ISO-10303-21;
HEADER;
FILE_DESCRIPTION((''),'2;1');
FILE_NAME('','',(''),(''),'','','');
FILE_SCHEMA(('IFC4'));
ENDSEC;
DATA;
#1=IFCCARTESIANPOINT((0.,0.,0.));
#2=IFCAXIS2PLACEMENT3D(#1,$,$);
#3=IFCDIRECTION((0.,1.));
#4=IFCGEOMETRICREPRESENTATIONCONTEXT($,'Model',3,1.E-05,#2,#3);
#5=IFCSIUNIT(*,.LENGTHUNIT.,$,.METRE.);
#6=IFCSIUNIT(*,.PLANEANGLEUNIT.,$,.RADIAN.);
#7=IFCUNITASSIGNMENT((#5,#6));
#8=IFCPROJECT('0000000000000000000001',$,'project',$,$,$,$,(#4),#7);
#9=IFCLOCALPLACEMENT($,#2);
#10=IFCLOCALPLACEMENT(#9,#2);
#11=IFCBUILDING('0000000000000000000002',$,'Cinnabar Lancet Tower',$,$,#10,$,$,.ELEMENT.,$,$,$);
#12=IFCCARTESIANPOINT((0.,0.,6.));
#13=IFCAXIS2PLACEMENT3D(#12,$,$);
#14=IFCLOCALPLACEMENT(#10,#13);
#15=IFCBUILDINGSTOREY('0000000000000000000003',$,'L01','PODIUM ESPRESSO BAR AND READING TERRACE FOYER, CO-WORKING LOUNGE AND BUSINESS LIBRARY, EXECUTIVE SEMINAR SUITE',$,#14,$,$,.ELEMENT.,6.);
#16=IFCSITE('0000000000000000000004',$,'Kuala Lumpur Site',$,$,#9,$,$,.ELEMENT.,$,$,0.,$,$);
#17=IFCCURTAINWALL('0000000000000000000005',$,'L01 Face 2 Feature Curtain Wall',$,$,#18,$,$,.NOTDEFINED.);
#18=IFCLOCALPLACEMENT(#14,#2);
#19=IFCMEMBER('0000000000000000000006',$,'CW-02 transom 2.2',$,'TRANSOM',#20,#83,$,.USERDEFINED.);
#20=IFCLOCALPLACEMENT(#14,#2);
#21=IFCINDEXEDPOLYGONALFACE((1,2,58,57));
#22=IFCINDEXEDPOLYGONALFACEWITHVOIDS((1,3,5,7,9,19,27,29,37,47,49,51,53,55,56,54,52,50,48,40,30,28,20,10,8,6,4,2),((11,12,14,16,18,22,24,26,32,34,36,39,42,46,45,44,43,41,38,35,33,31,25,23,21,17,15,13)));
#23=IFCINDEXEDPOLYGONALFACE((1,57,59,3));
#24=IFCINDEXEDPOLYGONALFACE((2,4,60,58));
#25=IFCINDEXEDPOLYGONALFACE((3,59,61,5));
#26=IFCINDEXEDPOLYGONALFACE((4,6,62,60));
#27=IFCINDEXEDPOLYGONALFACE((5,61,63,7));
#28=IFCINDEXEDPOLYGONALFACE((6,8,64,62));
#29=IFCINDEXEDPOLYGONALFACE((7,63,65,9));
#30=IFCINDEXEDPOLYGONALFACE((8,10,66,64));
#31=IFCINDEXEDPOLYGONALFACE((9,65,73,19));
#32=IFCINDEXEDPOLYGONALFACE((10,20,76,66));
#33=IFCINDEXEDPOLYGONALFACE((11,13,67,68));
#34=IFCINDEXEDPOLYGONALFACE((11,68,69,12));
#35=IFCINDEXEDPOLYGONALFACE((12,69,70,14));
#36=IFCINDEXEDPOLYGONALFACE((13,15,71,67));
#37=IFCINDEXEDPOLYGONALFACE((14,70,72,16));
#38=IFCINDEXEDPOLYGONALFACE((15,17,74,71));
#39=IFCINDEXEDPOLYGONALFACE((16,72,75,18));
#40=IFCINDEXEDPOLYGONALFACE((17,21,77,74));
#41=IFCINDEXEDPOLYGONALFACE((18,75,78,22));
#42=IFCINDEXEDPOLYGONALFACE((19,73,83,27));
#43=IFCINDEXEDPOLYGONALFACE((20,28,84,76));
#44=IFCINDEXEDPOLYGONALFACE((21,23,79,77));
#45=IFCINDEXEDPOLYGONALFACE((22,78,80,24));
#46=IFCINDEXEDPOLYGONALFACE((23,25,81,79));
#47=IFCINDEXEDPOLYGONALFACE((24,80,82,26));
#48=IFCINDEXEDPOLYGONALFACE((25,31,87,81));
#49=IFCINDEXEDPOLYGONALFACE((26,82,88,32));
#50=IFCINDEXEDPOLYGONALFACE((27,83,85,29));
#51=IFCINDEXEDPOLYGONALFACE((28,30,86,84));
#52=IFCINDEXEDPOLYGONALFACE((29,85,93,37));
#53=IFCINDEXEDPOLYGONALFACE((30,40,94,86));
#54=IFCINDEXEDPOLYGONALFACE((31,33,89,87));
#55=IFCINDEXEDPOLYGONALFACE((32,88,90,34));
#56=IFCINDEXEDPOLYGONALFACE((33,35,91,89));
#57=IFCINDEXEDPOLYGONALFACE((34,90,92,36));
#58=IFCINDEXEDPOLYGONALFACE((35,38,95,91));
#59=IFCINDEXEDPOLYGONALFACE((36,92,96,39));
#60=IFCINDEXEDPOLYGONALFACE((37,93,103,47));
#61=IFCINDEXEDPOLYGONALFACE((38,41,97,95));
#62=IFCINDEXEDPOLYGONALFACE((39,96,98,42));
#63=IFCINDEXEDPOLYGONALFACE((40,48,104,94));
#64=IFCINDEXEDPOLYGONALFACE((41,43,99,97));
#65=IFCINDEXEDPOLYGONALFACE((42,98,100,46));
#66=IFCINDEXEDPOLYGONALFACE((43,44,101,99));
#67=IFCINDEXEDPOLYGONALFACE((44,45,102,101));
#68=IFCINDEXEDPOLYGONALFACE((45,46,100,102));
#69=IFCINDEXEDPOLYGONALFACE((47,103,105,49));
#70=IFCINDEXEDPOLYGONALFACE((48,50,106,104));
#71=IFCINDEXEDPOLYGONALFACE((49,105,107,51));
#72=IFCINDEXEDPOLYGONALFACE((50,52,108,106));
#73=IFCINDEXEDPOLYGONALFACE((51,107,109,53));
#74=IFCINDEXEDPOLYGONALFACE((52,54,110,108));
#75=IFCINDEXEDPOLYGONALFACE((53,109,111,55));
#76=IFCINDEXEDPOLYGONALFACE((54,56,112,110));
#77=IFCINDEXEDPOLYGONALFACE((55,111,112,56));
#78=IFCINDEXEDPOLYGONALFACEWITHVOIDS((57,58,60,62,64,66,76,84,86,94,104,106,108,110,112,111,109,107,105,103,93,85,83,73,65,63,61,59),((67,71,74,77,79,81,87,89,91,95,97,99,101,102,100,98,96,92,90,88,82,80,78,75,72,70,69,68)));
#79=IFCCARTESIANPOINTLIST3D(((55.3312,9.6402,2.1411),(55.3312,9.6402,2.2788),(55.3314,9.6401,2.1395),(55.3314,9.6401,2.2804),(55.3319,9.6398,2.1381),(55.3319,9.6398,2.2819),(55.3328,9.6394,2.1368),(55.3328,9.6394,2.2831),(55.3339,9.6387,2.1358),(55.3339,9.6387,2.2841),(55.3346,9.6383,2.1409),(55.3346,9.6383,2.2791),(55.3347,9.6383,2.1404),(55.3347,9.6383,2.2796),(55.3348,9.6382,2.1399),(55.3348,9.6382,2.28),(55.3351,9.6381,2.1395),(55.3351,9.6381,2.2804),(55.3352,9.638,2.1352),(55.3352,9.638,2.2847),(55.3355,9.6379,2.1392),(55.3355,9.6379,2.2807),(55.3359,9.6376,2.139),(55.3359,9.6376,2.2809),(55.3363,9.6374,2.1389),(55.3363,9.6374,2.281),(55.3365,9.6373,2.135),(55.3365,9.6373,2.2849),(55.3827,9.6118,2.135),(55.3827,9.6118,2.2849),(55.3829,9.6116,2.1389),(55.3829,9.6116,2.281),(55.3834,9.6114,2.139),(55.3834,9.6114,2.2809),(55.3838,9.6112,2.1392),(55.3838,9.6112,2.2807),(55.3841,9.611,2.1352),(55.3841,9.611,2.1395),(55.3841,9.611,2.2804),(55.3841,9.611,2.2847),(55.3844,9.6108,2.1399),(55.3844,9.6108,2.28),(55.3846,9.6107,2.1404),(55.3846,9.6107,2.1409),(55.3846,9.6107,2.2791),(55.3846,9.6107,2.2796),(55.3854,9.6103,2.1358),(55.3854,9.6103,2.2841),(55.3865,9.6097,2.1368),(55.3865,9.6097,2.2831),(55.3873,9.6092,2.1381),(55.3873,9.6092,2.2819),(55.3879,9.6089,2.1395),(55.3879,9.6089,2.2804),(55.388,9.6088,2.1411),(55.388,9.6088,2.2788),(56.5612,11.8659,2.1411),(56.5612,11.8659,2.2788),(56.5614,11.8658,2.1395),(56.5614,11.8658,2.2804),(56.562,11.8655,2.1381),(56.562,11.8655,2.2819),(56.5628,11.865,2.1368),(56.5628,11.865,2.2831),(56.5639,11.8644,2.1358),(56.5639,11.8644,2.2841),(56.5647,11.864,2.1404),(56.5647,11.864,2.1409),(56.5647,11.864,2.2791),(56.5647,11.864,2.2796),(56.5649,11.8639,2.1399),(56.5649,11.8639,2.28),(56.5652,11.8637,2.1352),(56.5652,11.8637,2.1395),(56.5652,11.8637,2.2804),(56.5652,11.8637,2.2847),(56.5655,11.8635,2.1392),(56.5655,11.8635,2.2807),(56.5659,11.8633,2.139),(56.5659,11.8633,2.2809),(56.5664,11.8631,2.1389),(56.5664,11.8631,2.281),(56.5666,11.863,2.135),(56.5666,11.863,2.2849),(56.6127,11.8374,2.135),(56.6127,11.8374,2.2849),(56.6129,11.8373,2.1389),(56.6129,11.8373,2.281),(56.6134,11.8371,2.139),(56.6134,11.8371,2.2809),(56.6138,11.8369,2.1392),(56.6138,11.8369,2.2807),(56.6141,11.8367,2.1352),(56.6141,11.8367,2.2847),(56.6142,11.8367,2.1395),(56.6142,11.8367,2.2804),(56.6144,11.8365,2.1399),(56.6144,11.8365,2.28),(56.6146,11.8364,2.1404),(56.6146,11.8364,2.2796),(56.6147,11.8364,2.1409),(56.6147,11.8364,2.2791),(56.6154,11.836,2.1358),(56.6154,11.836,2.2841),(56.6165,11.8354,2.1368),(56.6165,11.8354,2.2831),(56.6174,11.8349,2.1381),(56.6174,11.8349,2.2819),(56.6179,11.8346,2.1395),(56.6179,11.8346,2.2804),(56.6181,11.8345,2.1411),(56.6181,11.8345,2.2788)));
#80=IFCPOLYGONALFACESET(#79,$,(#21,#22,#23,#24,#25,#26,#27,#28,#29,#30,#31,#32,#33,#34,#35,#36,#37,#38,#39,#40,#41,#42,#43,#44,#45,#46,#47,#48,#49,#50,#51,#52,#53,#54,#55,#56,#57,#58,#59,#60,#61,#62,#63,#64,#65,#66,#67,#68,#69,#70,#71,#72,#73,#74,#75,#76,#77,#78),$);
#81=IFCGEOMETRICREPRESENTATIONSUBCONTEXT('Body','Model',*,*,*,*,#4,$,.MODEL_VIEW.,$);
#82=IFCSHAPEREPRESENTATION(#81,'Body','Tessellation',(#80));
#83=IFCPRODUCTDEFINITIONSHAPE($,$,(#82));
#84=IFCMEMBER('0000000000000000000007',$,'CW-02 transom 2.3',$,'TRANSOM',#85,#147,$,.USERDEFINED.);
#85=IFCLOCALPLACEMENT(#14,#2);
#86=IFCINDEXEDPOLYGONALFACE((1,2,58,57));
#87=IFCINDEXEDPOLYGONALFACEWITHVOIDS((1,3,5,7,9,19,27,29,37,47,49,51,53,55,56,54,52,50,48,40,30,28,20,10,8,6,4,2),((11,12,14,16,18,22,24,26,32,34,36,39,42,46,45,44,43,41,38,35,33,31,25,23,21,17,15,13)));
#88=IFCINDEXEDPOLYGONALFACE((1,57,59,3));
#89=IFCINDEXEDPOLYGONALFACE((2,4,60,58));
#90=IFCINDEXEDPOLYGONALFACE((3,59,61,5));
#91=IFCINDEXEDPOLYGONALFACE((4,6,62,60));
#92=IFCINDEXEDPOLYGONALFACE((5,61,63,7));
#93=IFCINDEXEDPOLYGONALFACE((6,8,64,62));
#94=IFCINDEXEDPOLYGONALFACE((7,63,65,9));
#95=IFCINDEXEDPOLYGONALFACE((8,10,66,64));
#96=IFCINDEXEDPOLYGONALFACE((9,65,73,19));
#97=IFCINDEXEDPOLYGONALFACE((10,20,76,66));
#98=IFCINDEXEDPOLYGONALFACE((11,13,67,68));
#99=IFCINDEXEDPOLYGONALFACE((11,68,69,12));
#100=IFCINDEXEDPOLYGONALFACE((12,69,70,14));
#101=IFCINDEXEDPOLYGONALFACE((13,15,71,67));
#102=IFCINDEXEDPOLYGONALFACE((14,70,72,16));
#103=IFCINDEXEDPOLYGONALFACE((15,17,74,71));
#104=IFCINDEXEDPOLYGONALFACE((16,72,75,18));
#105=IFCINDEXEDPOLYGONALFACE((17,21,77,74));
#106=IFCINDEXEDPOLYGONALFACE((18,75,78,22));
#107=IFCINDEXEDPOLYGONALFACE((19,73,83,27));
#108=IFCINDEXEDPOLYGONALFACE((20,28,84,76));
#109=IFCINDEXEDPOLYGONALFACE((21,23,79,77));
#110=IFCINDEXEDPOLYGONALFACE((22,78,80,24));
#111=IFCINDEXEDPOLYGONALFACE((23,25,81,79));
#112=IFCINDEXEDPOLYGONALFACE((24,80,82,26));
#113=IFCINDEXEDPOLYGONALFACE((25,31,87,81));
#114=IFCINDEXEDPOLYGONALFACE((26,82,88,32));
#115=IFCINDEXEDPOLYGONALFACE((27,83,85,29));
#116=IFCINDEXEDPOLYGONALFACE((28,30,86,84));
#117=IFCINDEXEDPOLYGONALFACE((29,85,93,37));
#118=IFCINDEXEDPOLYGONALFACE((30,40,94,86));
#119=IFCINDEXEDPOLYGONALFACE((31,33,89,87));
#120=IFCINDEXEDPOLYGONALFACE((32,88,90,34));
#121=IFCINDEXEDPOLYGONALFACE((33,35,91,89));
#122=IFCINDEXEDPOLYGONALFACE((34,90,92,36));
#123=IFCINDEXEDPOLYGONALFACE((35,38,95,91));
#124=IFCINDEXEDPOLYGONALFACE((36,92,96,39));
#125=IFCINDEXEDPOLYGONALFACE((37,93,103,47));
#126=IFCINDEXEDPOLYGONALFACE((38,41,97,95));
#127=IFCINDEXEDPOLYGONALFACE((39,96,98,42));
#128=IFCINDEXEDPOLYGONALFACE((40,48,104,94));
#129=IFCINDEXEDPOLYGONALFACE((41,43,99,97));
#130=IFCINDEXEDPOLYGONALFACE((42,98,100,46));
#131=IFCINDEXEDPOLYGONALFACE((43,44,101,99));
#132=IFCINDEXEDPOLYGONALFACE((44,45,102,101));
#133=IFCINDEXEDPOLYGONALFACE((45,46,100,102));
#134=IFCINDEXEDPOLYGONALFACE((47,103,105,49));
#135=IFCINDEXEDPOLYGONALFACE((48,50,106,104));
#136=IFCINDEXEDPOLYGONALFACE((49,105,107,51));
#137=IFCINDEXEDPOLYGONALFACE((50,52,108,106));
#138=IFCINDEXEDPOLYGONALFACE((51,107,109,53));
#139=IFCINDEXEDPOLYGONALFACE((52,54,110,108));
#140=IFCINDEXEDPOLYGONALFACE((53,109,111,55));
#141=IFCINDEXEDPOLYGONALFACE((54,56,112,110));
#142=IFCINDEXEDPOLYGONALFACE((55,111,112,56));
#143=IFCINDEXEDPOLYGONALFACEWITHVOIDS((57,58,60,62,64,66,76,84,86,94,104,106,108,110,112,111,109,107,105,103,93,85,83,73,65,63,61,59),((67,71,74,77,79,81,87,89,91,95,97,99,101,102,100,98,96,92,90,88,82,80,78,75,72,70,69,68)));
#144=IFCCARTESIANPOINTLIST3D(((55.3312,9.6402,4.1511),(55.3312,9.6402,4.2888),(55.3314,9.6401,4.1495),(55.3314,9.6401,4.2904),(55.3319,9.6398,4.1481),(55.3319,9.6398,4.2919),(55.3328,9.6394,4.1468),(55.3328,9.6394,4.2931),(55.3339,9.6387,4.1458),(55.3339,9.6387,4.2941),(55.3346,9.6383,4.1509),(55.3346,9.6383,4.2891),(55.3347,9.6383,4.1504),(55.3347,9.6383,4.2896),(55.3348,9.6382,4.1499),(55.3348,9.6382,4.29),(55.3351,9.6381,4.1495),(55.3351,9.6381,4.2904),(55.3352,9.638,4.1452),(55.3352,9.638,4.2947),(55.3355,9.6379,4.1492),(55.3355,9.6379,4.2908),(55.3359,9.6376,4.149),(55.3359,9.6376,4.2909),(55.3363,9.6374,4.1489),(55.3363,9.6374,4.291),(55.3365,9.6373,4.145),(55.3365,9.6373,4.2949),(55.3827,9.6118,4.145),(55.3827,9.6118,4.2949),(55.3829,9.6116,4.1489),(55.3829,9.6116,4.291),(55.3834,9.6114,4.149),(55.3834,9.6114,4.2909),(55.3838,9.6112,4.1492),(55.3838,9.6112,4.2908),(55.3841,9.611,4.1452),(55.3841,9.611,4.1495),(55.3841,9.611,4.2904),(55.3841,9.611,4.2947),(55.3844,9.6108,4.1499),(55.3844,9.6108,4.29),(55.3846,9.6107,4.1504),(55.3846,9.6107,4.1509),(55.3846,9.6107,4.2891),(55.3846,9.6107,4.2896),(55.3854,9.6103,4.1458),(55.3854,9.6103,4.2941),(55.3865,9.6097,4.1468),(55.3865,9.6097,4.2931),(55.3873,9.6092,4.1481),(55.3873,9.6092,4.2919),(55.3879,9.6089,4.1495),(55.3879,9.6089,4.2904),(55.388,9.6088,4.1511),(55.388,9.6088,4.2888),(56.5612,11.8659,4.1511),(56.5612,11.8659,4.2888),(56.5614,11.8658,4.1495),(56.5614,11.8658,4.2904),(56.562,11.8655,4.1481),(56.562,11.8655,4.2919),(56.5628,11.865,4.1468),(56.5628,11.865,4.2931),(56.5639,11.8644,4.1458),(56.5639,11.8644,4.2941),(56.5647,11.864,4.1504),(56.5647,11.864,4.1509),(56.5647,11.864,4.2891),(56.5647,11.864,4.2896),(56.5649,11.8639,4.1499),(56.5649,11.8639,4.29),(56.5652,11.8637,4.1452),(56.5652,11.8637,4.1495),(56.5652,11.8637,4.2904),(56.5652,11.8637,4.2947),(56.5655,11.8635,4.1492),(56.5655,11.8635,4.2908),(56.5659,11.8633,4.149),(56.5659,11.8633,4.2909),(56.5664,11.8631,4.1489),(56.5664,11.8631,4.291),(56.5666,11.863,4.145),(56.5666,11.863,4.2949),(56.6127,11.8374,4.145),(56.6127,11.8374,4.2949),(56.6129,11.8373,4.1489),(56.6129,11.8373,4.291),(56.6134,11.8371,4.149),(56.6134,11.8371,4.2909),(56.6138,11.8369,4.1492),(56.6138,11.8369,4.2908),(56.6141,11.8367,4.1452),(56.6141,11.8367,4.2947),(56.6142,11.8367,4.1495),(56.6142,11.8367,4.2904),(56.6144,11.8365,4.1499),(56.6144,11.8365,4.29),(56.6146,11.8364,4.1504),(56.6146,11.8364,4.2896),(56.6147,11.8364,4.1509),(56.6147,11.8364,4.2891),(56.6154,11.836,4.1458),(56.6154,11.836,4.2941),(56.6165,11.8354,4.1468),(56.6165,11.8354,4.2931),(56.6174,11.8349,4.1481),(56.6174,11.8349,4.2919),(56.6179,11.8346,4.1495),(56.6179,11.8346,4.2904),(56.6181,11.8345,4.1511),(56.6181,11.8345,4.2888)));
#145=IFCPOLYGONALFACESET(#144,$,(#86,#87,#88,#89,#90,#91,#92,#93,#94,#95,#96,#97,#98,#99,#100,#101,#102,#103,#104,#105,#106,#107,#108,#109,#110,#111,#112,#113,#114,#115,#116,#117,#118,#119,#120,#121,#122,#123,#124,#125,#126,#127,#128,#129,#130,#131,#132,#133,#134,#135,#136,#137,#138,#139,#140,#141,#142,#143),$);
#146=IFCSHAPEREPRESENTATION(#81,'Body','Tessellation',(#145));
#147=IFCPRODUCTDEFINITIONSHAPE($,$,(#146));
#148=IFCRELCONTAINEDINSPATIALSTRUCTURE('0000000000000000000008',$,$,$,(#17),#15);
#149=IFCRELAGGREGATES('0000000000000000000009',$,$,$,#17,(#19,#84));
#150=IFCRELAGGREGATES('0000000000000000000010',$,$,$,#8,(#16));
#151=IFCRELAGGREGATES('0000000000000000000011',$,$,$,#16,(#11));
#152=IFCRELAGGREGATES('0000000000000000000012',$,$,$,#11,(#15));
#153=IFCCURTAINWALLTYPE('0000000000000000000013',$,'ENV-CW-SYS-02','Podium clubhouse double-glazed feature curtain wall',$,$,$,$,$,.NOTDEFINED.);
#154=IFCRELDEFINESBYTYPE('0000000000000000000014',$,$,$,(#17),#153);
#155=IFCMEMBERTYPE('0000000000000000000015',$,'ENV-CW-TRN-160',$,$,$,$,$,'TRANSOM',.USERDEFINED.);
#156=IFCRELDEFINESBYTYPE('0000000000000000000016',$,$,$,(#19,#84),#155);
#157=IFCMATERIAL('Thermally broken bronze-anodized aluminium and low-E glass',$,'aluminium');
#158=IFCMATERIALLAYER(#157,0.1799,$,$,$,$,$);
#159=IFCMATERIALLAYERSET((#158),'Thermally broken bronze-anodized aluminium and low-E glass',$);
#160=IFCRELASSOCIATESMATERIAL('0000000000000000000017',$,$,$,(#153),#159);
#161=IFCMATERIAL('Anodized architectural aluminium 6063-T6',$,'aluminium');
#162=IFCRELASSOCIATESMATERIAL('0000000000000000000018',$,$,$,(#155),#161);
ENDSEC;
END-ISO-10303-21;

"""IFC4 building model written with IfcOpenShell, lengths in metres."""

from ifc_helpers import new_model, si_unit, direction, frame, origin, origin_2d, place, context, subcontext, project, spatial, hollow_rectangle, extrude, material, layer, layer_set, material_profile, profile_set, type_object, element, aggregate, save


model = new_model("IFC4")

# Units and contexts
model_context = context("Model", 3, precision=1e-05, world=origin(), true_north=direction((0.0, 1.0)))
body_context = subcontext(model_context, "Body", "Model", "MODEL_VIEW")
ifc_project = project(units=[si_unit("LENGTHUNIT", "METRE"), si_unit("PLANEANGLEUNIT", "RADIAN")], contexts=[model_context])

# Site, building, storey
site_placement = place(None, origin())
site = spatial("IfcSite", under=ifc_project, at=site_placement, Name="Kuala Lumpur Site", CompositionType="ELEMENT", RefElevation=0.0)
building_placement = place(site_placement, origin())
building = spatial("IfcBuilding", under=site, at=building_placement, Name="Cinnabar Lancet Tower", CompositionType="ELEMENT")
storey_placement = place(building_placement, frame((0.0, 0.0, 6.0)))
storey = spatial("IfcBuildingStorey", under=building, at=storey_placement, Name="L01", Description="PODIUM ESPRESSO BAR AND READING TERRACE FOYER, CO-WORKING LOUNGE AND BUSINESS LIBRARY, EXECUTIVE SEMINAR SUITE", CompositionType="ELEMENT", Elevation=6.0)

# Curtain wall, members
ifc_material_1 = material(Name="Thermally broken bronze-anodized aluminium and low-E glass", Category="aluminium")
ifc_layer_1 = layer(ifc_material_1, 0.1799)
ifc_layer_set_1 = layer_set([ifc_layer_1], Name="Thermally broken bronze-anodized aluminium and low-E glass")
curtain_wall_type = type_object("IfcCurtainWallType", Name="ENV-CW-SYS-02", Description="Podium clubhouse double-glazed feature curtain wall", PredefinedType="NOTDEFINED", material=ifc_layer_set_1)
curtain_wall_placement = place(storey_placement, origin())
curtain_wall = element("IfcCurtainWall", 1, at=curtain_wall_placement, inside=storey, type_object=curtain_wall_type, Name="L01 Face 2 Feature Curtain Wall", PredefinedType="NOTDEFINED")
ifc_material_2 = material(Name="Anodized architectural aluminium 6063-T6", Category="aluminium")
ifc_material_profile_1 = material_profile(ifc_material_2, hollow_rectangle(XDim=0.0649, YDim=0.1499, WallThickness=0.0039, InnerFilletRadius=0.002, OuterFilletRadius=0.0061, at=origin_2d()), Name="CW-TRN 150x65x4")
ifc_profile_set_1 = profile_set([ifc_material_profile_1], Name="Anodized architectural aluminium 6063-T6")
member_type_1 = type_object("IfcMemberType", Name="ENV-CW-TRN-160", ElementType="TRANSOM", PredefinedType="USERDEFINED", material=ifc_profile_set_1)
member_1_placement = place(storey_placement, frame((55.3596, 9.6245, 2.21), z_axis=(0.483702, 0.875233, 0.0), x_axis=(-0.875233, 0.483702, 0.0)))
member_1 = element("IfcMember", 2, at=member_1_placement, type_object=member_type_1, Name="CW-02 transom 2.2", ObjectType="TRANSOM", PredefinedType="USERDEFINED", context=body_context, shape_type="SweptSolid", body=[
    extrude(hollow_rectangle(XDim=0.0649, YDim=0.1499, WallThickness=0.0039, InnerFilletRadius=0.002, OuterFilletRadius=0.0061, at=origin_2d()), origin(), (0.0, 0.0, 1.0), 2.543),
])
member_2_placement = place(storey_placement, frame((55.3596, 9.6245, 4.22), z_axis=(0.483702, 0.875233, 0.0), x_axis=(-0.875233, 0.483702, 0.0)))
member_2 = element("IfcMember", 3, at=member_2_placement, type_object=member_type_1, Name="CW-02 transom 2.3", ObjectType="TRANSOM", PredefinedType="USERDEFINED", context=body_context, shape_type="SweptSolid", body=[
    extrude(hollow_rectangle(XDim=0.0649, YDim=0.1499, WallThickness=0.0039, InnerFilletRadius=0.002, OuterFilletRadius=0.0061, at=origin_2d()), origin(), (0.0, 0.0, 1.0), 2.543),
])
aggregate(curtain_wall, [member_1, member_2])

save(model, "model.ifc")
